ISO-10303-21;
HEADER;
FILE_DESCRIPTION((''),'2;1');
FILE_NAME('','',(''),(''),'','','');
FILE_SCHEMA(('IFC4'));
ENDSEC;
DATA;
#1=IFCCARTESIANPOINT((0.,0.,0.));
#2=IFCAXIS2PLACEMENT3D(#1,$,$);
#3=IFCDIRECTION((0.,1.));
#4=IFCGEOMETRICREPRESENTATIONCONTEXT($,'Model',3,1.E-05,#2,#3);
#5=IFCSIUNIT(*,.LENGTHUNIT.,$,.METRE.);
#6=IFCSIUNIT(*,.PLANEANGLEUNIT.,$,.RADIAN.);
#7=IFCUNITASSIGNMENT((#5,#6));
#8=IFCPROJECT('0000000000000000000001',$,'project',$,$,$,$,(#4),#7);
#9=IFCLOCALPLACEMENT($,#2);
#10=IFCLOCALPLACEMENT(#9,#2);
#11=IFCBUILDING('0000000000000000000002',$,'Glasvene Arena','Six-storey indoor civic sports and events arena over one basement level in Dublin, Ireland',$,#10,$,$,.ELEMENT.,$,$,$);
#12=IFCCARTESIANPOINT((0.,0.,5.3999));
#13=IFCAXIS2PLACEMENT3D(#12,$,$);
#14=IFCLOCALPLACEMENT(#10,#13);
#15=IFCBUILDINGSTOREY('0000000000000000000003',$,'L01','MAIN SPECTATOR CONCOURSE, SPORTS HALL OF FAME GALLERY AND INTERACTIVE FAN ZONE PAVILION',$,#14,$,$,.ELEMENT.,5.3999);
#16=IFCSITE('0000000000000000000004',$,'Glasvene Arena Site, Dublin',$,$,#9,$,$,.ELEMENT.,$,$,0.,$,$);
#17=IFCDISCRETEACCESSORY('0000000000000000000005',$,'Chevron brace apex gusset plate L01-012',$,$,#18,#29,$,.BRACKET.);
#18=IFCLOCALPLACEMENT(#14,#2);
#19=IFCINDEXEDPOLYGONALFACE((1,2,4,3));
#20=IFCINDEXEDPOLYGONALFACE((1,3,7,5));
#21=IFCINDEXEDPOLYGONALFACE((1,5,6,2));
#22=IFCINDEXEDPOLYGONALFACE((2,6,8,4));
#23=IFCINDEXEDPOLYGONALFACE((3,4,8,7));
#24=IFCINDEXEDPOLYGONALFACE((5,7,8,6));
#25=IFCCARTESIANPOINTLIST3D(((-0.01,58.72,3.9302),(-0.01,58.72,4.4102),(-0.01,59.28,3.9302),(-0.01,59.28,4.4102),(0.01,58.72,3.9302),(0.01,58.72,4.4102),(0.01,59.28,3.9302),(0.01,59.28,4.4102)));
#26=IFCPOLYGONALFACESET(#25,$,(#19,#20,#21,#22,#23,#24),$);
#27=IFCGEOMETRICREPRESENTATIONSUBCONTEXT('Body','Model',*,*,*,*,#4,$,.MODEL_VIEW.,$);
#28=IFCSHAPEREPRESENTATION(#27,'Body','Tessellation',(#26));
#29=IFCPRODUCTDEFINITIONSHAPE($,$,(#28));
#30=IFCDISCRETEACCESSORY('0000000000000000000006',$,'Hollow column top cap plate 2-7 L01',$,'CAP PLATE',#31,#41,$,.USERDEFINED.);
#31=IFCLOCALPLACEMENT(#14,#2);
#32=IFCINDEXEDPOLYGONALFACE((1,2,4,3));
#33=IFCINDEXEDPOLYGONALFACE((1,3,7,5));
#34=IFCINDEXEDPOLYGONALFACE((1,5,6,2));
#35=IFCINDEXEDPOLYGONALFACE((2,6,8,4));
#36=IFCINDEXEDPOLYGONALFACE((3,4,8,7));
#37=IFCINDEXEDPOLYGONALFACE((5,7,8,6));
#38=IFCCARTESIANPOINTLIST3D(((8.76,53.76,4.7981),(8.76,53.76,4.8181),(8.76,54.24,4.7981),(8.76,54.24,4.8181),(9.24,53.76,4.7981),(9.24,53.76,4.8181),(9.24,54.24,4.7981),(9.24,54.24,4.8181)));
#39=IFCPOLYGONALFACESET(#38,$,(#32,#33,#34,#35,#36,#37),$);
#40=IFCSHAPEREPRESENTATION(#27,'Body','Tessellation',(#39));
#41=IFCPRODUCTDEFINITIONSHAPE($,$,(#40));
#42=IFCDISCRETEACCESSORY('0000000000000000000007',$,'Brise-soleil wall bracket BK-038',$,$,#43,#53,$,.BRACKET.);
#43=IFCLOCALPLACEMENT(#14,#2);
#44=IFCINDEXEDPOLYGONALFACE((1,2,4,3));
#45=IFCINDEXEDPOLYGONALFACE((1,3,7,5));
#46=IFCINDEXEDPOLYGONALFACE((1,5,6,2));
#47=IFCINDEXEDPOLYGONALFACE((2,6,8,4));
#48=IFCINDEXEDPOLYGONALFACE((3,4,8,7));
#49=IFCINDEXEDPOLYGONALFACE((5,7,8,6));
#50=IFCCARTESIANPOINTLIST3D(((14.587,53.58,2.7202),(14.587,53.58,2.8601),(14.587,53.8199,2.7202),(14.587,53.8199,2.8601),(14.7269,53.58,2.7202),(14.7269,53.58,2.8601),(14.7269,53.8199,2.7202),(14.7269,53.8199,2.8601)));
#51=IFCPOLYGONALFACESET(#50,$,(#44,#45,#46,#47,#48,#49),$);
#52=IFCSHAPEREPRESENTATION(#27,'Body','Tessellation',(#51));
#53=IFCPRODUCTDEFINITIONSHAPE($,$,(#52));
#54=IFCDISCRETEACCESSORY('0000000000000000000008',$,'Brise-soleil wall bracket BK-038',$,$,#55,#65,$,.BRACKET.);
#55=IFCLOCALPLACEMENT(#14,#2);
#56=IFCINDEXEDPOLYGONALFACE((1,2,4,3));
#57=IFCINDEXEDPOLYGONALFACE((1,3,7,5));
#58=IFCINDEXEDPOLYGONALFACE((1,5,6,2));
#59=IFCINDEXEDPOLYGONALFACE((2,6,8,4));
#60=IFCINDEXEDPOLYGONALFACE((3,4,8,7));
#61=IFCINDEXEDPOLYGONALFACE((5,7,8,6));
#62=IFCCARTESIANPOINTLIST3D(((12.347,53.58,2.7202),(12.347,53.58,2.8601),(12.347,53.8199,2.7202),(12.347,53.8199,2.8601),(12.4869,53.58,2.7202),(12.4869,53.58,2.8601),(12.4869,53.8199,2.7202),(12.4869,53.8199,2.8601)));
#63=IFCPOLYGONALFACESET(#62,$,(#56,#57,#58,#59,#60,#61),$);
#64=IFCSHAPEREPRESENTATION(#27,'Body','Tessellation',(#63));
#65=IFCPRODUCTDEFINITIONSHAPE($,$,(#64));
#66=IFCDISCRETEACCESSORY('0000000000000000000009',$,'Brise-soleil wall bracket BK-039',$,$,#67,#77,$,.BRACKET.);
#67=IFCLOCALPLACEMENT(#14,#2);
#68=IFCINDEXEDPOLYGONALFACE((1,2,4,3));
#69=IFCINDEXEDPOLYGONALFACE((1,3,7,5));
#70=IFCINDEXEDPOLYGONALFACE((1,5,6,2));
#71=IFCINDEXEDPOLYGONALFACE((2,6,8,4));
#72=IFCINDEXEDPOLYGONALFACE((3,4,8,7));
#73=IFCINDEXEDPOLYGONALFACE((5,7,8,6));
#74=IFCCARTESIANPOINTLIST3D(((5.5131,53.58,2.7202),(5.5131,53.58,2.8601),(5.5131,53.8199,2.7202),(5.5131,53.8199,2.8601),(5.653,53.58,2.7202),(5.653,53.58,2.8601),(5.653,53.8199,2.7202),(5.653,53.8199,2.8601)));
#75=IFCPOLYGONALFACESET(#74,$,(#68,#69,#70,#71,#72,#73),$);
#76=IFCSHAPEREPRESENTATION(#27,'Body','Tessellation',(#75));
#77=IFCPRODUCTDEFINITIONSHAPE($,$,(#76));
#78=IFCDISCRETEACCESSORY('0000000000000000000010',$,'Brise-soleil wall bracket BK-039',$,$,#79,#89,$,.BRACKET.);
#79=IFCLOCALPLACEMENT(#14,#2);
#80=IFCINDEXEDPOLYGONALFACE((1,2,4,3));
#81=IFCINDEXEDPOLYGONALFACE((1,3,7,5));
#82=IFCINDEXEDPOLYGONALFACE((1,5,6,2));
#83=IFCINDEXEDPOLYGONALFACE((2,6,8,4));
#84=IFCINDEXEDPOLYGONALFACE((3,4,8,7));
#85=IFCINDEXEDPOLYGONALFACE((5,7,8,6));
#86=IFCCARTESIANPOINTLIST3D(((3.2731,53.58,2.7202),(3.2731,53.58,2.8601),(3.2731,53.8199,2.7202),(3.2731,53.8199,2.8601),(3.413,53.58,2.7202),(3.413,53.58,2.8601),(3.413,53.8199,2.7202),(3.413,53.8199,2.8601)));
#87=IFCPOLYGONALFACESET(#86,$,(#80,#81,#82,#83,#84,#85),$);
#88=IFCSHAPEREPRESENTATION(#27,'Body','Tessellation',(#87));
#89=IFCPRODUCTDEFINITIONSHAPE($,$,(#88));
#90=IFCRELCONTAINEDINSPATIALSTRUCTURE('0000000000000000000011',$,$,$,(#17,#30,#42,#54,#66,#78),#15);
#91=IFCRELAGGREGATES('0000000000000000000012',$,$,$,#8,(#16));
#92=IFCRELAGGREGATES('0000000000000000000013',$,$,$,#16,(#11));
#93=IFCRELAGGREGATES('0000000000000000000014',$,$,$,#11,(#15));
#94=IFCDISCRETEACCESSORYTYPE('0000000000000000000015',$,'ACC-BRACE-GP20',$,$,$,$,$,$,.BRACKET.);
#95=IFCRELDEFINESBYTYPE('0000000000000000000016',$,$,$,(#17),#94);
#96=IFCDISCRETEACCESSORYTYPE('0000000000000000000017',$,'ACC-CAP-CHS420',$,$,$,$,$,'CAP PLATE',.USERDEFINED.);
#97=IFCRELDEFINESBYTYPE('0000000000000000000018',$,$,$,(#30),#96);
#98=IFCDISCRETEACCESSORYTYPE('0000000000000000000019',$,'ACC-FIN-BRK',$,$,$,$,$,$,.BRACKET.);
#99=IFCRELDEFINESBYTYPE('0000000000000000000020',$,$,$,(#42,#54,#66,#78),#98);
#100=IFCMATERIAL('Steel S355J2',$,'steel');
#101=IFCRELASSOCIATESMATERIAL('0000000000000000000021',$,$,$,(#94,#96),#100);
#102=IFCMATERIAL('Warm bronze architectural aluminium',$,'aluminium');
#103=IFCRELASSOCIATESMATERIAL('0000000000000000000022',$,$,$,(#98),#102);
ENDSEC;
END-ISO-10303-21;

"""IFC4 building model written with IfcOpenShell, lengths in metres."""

from ifc_helpers import new_model, si_unit, direction, frame, origin, origin_2d, place, context, subcontext, project, spatial, rectangle, extrude, material, type_object, element, save


model = new_model("IFC4")

# Units and contexts
model_context = context("Model", 3, precision=1e-05, world=origin(), true_north=direction((0.0, 1.0)))
body_context = subcontext(model_context, "Body", "Model", "MODEL_VIEW")
ifc_project = project(units=[si_unit("LENGTHUNIT", "METRE"), si_unit("PLANEANGLEUNIT", "RADIAN")], contexts=[model_context])

# Site, building, storey
site_placement = place(None, origin())
site = spatial("IfcSite", under=ifc_project, at=site_placement, Name="Glasvene Arena Site, Dublin", CompositionType="ELEMENT", RefElevation=0.0)
building_placement = place(site_placement, origin())
building = spatial("IfcBuilding", under=site, at=building_placement, Name="Glasvene Arena", Description="Six-storey indoor civic sports and events arena over one basement level in Dublin, Ireland", CompositionType="ELEMENT")
storey_placement = place(building_placement, frame((0.0, 0.0, 5.3999)))
storey = spatial("IfcBuildingStorey", under=building, at=storey_placement, Name="L01", Description="MAIN SPECTATOR CONCOURSE, SPORTS HALL OF FAME GALLERY AND INTERACTIVE FAN ZONE PAVILION", CompositionType="ELEMENT", Elevation=5.3999)

# Shared definitions
ifc_material_1 = material(Name="Steel S355J2", Category="steel")

# Shared definitions
ifc_material_2 = material(Name="Warm bronze architectural aluminium", Category="aluminium")

# Discrete accessories
discrete_accessory_type_1 = type_object("IfcDiscreteAccessoryType", Name="ACC-BRACE-GP20", PredefinedType="BRACKET", material=ifc_material_1)
discrete_accessory_1_placement = place(storey_placement, frame((0.0, 59.0, 3.9302), z_axis=(0.0, 0.0, 1.0), x_axis=(1.0, 0.0, 0.0)))
element("IfcDiscreteAccessory", 1, at=discrete_accessory_1_placement, inside=storey, type_object=discrete_accessory_type_1, Name="Chevron brace apex gusset plate L01-012", PredefinedType="BRACKET", context=body_context, shape_type="SweptSolid", body=[
    extrude(rectangle(XDim=0.02, YDim=0.5601, at=origin_2d()), origin(), (0.0, 0.0, 1.0), 0.48),
])
discrete_accessory_type_2 = type_object("IfcDiscreteAccessoryType", Name="ACC-CAP-CHS420", ElementType="CAP PLATE", PredefinedType="USERDEFINED", material=ifc_material_1)
discrete_accessory_2_placement = place(storey_placement, frame((9.0, 54.0, 4.7981), z_axis=(0.0, 0.0, 1.0), x_axis=(1.0, 0.0, 0.0)))
element("IfcDiscreteAccessory", 2, at=discrete_accessory_2_placement, inside=storey, type_object=discrete_accessory_type_2, Name="Hollow column top cap plate 2-7 L01", ObjectType="CAP PLATE", PredefinedType="USERDEFINED", context=body_context, shape_type="SweptSolid", body=[
    extrude(rectangle(XDim=0.48, YDim=0.48, at=origin_2d()), origin(), (0.0, 0.0, 1.0), 0.02),
])
discrete_accessory_type_3 = type_object("IfcDiscreteAccessoryType", Name="ACC-FIN-BRK", PredefinedType="BRACKET", material=ifc_material_2)
for number, where, z_axis, x_axis, name in (
    (3, (14.657, 53.7, 2.7202), (0.0, 0.0, 1.0), (-1.0, 0.0, 0.0), "Brise-soleil wall bracket BK-038"),
    (4, (12.417, 53.7, 2.7202), (0.0, 0.0, 1.0), (-1.0, 0.0, 0.0), "Brise-soleil wall bracket BK-038"),
    (5, (5.583, 53.7, 2.7202), (0.0, 0.0, 1.0), (-1.0, 0.0, 0.0), "Brise-soleil wall bracket BK-039"),
    (6, (3.343, 53.7, 2.7202), (0.0, 0.0, 1.0), (-1.0, 0.0, 0.0), "Brise-soleil wall bracket BK-039"),
):
    element("IfcDiscreteAccessory", number, at=place(storey_placement, frame(where, z_axis=z_axis, x_axis=x_axis)), inside=storey, type_object=discrete_accessory_type_3, Name=name, PredefinedType="BRACKET", context=body_context, shape_type="SweptSolid", body=[
        extrude(rectangle(XDim=0.1399, YDim=0.24, at=origin_2d()), origin(), (0.0, 0.0, 1.0), 0.1399),
    ])

save(model, "model.ifc")
